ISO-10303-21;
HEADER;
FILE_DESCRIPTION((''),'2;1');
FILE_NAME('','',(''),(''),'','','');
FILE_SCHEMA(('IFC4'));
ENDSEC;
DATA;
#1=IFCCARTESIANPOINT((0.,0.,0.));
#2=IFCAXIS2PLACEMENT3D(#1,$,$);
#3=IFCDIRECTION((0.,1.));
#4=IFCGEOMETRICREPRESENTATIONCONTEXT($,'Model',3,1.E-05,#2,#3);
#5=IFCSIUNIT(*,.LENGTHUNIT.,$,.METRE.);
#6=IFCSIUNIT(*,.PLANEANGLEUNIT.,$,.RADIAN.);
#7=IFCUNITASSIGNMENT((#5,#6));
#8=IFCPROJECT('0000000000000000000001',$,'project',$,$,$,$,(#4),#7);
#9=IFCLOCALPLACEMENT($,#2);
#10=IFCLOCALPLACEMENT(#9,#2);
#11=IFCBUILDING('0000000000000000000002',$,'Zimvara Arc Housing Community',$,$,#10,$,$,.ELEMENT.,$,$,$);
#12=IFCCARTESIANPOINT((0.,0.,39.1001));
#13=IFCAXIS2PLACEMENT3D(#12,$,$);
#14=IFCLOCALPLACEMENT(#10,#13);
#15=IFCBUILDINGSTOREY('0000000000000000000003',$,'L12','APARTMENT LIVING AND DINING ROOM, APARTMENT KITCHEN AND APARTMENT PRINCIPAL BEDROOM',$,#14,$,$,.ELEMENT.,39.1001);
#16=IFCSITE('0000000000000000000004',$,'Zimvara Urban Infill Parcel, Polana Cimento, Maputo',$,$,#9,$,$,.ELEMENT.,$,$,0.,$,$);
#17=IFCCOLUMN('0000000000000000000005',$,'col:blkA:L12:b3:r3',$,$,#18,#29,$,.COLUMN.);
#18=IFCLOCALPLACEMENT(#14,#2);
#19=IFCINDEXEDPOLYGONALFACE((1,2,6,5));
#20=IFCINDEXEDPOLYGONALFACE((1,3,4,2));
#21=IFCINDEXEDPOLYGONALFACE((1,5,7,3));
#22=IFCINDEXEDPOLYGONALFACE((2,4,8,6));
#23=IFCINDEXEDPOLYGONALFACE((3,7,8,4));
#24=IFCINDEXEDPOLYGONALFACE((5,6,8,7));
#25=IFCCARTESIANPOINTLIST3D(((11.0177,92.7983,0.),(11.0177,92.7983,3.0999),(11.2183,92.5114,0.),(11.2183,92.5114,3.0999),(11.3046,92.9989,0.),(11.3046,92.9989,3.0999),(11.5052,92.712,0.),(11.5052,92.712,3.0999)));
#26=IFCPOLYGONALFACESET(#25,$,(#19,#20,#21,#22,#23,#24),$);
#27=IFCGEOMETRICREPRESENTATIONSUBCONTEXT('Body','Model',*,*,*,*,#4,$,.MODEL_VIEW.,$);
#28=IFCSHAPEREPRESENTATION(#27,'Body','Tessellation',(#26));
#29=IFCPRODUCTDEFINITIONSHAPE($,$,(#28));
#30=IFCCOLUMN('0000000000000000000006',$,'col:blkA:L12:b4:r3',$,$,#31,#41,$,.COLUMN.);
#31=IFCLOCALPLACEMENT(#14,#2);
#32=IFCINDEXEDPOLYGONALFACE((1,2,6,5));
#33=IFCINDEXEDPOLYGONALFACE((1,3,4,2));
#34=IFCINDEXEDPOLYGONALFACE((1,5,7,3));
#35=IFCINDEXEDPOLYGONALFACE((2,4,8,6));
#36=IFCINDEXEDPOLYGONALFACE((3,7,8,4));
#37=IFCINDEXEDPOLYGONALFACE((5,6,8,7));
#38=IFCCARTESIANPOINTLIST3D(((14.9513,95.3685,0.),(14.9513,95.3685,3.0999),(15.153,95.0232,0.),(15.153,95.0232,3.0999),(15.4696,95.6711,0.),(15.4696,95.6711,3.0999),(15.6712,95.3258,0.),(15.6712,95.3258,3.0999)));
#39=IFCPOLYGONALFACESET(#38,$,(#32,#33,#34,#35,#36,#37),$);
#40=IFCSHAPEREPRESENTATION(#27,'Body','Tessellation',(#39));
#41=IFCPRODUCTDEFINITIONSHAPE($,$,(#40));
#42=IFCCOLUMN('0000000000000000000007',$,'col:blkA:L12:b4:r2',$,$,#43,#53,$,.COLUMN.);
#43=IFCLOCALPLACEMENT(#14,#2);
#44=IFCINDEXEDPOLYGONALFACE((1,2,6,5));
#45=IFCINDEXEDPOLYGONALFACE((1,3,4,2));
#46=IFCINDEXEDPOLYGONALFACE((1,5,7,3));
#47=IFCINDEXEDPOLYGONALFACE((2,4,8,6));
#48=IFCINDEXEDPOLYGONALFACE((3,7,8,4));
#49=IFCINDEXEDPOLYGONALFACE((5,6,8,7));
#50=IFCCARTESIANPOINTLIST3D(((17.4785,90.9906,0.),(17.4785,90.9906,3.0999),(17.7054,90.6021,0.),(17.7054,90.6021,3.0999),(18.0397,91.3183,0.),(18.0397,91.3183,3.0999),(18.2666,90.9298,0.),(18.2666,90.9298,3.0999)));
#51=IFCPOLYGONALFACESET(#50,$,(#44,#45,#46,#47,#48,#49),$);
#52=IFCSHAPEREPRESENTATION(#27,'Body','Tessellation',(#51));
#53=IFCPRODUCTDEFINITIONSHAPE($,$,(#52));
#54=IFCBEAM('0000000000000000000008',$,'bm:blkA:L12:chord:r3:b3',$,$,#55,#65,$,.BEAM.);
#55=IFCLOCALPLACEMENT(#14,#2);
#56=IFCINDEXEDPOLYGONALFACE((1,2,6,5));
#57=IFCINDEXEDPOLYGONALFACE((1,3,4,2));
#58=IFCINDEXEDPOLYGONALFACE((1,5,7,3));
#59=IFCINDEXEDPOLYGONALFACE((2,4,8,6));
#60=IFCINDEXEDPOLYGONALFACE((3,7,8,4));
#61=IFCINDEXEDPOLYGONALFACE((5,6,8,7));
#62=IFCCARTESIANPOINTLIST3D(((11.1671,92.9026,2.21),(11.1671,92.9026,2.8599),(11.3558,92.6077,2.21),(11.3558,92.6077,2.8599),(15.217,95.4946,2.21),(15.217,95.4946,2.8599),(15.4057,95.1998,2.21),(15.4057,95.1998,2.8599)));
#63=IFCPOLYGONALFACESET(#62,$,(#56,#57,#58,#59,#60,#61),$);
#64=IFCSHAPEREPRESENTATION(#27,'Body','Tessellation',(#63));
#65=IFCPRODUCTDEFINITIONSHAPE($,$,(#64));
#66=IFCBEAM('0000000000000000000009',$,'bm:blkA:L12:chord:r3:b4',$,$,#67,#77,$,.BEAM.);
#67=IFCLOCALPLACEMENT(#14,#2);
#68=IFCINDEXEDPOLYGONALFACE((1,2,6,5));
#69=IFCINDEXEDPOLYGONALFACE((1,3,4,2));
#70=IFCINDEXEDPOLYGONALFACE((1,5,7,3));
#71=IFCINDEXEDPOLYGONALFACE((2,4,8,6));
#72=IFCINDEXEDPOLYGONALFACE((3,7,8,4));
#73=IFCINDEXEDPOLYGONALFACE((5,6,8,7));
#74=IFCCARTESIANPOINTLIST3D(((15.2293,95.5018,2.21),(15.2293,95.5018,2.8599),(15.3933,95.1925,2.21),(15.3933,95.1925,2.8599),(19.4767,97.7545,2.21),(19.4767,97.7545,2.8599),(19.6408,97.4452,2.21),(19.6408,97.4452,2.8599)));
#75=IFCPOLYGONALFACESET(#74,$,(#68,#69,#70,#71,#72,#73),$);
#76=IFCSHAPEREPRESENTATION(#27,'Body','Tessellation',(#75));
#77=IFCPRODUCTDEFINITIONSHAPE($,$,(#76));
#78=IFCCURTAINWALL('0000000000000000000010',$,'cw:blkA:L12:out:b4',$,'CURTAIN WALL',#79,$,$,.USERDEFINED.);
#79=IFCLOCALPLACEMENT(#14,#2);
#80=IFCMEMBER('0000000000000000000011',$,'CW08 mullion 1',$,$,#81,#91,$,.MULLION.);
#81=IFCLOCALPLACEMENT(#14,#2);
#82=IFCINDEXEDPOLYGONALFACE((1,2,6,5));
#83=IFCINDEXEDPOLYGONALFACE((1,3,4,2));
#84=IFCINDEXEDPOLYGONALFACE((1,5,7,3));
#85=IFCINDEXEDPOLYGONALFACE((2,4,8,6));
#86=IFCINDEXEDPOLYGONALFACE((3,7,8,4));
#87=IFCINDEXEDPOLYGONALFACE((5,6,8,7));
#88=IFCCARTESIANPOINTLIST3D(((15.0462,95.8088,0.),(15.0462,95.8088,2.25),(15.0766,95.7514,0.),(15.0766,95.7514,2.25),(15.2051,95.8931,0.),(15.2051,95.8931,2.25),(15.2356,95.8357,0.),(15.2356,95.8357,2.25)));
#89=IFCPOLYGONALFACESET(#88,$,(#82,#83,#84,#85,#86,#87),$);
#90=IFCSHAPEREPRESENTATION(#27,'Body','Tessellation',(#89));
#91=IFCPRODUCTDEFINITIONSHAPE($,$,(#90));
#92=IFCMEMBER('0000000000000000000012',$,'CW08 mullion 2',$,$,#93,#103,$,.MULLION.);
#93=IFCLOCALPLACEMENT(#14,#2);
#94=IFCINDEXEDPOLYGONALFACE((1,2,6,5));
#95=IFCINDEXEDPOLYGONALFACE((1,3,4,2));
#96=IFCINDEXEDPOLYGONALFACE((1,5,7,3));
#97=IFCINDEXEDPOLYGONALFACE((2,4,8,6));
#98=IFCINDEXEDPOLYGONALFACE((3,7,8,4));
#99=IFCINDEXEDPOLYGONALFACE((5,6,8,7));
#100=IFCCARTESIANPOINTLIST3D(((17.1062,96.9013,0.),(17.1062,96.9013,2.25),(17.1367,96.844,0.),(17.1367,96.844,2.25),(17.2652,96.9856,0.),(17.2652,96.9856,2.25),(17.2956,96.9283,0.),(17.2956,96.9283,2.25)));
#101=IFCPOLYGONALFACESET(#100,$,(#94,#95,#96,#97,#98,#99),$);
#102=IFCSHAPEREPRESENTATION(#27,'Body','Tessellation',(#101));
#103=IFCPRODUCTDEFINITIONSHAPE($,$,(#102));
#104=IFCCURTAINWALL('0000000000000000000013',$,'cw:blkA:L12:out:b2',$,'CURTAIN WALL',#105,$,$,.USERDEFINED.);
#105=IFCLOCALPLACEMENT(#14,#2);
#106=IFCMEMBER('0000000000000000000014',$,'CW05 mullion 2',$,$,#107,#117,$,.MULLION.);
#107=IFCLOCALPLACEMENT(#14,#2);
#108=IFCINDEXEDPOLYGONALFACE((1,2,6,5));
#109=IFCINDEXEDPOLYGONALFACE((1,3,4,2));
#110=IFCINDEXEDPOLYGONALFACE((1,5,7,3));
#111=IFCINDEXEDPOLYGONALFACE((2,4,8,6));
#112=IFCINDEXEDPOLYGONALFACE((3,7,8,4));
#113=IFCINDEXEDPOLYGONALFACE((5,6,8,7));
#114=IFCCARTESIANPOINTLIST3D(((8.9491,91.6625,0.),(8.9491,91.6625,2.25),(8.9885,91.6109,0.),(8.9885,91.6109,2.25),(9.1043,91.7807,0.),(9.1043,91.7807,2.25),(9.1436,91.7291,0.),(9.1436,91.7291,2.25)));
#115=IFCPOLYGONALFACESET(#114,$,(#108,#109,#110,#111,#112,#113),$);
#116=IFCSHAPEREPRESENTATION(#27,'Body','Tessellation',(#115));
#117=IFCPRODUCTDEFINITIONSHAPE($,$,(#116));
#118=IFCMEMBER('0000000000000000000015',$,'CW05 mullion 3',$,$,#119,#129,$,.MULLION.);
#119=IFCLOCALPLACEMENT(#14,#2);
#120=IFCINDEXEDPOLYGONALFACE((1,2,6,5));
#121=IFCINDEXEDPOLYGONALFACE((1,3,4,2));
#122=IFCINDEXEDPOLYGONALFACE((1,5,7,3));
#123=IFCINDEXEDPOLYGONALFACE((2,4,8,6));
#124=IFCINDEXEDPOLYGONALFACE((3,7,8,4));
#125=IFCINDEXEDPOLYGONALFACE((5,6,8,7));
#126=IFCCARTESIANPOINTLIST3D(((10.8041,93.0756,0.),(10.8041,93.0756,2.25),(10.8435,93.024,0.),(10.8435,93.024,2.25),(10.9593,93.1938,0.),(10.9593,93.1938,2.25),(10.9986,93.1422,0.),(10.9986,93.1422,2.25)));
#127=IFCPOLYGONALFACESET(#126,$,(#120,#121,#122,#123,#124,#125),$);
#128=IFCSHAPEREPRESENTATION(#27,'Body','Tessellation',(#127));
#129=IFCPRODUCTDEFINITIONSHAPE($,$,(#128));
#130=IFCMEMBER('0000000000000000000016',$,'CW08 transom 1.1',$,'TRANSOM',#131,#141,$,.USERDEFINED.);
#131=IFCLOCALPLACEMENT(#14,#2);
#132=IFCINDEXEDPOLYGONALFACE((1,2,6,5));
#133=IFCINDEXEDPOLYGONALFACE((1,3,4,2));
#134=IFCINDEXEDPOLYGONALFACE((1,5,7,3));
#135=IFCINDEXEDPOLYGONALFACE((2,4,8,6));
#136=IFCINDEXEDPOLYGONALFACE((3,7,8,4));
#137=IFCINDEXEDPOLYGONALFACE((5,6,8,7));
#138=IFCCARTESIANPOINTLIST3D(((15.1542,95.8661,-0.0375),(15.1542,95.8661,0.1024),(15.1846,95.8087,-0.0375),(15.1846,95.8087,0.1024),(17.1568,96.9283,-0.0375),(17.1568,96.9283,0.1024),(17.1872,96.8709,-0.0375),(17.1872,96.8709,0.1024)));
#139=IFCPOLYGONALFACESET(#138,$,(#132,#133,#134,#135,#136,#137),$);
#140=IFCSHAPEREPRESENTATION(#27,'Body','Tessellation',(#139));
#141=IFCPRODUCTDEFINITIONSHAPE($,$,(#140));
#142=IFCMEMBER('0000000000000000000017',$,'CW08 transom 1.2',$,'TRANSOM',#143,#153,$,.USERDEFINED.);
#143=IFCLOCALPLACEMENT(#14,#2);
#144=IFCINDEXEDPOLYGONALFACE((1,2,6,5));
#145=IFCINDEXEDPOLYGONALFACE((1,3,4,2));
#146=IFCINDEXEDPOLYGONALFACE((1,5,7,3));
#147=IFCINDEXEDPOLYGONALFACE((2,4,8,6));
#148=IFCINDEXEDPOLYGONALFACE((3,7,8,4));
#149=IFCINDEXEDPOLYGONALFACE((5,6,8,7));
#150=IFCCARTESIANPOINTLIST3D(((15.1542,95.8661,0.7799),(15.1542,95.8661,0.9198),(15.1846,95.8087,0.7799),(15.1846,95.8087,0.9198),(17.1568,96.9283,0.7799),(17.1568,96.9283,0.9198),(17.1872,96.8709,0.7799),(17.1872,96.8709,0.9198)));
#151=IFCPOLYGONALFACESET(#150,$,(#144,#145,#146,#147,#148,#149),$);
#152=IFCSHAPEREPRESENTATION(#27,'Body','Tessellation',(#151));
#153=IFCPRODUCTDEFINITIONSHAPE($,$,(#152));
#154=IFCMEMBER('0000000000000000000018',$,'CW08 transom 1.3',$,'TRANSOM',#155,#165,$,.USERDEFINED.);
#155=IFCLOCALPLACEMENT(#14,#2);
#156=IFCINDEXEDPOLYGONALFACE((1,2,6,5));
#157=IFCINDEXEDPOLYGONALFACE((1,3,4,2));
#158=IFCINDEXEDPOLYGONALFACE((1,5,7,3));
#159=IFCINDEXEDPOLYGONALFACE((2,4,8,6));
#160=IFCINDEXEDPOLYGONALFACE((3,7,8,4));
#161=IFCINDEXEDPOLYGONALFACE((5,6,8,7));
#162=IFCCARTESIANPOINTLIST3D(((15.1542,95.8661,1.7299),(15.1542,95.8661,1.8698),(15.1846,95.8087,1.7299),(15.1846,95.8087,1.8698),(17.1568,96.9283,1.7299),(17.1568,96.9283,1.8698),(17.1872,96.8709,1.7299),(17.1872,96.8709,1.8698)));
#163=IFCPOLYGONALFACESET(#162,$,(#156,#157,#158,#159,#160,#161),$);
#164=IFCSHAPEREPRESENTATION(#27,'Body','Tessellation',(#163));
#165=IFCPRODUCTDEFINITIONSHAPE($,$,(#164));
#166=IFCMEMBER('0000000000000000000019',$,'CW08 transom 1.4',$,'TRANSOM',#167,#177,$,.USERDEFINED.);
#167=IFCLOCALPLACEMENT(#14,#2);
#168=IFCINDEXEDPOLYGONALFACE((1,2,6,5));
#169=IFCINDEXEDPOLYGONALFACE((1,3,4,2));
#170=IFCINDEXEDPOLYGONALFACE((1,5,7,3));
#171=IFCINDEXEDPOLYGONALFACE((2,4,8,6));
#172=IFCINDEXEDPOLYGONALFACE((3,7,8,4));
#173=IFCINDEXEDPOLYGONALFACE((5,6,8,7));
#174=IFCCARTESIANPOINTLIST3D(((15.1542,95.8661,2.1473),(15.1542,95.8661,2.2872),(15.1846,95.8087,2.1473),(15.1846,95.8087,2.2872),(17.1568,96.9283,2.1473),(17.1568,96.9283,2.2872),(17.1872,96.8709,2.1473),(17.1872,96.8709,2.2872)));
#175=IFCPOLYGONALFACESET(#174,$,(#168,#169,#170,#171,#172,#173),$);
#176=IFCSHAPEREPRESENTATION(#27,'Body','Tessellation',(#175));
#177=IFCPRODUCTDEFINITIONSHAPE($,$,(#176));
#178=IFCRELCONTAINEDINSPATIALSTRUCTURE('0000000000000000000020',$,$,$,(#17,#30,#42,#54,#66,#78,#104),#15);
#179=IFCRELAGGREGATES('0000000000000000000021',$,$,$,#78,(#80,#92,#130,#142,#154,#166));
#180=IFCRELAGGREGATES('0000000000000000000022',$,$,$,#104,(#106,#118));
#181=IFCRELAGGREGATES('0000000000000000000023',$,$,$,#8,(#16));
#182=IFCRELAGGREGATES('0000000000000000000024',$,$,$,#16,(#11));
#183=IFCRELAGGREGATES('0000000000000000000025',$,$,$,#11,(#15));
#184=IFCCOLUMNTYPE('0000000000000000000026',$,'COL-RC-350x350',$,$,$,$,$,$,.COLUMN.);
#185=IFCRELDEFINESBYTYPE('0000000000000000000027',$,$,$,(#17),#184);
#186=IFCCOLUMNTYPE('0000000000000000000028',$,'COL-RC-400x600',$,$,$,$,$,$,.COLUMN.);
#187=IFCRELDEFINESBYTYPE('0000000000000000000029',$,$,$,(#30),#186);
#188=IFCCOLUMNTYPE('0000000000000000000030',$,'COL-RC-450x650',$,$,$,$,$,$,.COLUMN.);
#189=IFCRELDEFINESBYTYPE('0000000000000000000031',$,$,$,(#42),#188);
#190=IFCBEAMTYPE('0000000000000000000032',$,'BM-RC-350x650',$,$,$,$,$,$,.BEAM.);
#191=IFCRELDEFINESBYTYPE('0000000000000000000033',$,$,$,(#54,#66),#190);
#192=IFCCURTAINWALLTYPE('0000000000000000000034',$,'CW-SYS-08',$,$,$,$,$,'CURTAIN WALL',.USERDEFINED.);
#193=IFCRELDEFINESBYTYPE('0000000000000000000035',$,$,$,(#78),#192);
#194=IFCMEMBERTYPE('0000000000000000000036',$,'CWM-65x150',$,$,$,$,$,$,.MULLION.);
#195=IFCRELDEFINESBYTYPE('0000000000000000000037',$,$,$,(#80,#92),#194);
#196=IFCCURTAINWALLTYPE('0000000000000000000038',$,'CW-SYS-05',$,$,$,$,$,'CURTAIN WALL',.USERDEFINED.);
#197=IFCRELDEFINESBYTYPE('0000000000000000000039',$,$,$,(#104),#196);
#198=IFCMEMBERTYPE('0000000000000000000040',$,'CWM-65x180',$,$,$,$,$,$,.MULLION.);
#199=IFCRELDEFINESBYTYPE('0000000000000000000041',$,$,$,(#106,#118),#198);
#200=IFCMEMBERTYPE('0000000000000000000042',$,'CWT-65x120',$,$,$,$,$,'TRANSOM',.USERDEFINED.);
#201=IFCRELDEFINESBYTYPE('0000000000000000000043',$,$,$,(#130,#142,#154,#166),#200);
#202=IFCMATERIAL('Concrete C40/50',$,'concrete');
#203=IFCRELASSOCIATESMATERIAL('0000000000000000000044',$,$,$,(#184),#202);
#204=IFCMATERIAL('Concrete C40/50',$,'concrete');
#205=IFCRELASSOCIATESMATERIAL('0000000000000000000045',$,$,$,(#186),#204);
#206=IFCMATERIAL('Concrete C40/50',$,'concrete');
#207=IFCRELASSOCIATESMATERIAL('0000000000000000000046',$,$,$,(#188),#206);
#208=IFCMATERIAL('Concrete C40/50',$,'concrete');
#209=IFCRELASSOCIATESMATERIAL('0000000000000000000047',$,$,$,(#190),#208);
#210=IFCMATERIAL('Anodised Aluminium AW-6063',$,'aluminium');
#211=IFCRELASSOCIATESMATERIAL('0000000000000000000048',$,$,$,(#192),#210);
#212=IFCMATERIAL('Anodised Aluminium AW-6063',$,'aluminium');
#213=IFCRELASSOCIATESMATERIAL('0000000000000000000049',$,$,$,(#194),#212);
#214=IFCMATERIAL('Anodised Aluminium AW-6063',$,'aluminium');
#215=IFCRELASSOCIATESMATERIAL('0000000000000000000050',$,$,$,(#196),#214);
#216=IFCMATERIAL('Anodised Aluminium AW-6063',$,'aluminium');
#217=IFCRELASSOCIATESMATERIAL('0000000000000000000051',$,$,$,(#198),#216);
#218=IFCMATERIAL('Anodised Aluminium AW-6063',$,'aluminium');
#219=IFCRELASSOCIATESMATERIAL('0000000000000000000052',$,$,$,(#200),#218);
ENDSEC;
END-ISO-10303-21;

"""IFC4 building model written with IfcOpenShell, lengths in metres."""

from ifc_helpers import new_model, si_unit, direction, frame, origin, origin_2d, place, context, subcontext, project, spatial, rectangle, extrude, material, material_profile, profile_set, type_object, element, aggregate, save


model = new_model("IFC4")

# Units and contexts
model_context = context("Model", 3, precision=1e-05, world=origin(), true_north=direction((0.0, 1.0)))
body_context = subcontext(model_context, "Body", "Model", "MODEL_VIEW")
ifc_project = project(units=[si_unit("LENGTHUNIT", "METRE"), si_unit("PLANEANGLEUNIT", "RADIAN")], contexts=[model_context])

# Site, building, storey
site_placement = place(None, origin())
site = spatial("IfcSite", under=ifc_project, at=site_placement, Name="Zimvara Urban Infill Parcel, Polana Cimento, Maputo", CompositionType="ELEMENT", RefElevation=0.0)
building_placement = place(site_placement, origin())
building = spatial("IfcBuilding", under=site, at=building_placement, Name="Zimvara Arc Housing Community", CompositionType="ELEMENT")
storey_placement = place(building_placement, frame((0.0, 0.0, 39.1001)))
storey = spatial("IfcBuildingStorey", under=building, at=storey_placement, Name="L12", Description="APARTMENT LIVING AND DINING ROOM, APARTMENT KITCHEN AND APARTMENT PRINCIPAL BEDROOM", CompositionType="ELEMENT", Elevation=39.1001)

# Columns
ifc_material_1 = material(Name="Concrete C40/50", Category="concrete")
ifc_material_profile_1 = material_profile(ifc_material_1, rectangle(XDim=0.3501, YDim=0.3501, at=origin_2d()), Name="RC 350x350")
ifc_profile_set_1 = profile_set([ifc_material_profile_1], Name="Concrete C40/50")
column_type_1 = type_object("IfcColumnType", Name="COL-RC-350x350", PredefinedType="COLUMN", material=ifc_profile_set_1)
column_1_placement = place(storey_placement, frame((11.2615, 92.7551, 0.0), z_axis=(0.0, 0.0, 1.0), x_axis=(-0.573004, 0.819552, 0.0)))
element("IfcColumn", 1, at=column_1_placement, inside=storey, type_object=column_type_1, Name="col:blkA:L12:b3:r3", PredefinedType="COLUMN", context=body_context, shape_type="SweptSolid", body=[
    extrude(rectangle(XDim=0.3501, YDim=0.3501, at=origin_2d()), origin(), (0.0, 0.0, 1.0), 3.0999),
])
ifc_material_2 = material(Name="Concrete C40/50", Category="concrete")
ifc_material_profile_2 = material_profile(ifc_material_2, rectangle(XDim=0.3999, YDim=0.6001, at=origin_2d()), Name="RC 400x600")
ifc_profile_set_2 = profile_set([ifc_material_profile_2], Name="Concrete C40/50")
column_type_2 = type_object("IfcColumnType", Name="COL-RC-400x600", PredefinedType="COLUMN", material=ifc_profile_set_2)
column_2_placement = place(storey_placement, frame((15.3113, 95.3472, 0.0), z_axis=(0.0, 0.0, 1.0), x_axis=(-0.504226, 0.863572, 0.0)))
element("IfcColumn", 2, at=column_2_placement, inside=storey, type_object=column_type_2, Name="col:blkA:L12:b4:r3", PredefinedType="COLUMN", context=body_context, shape_type="SweptSolid", body=[
    extrude(rectangle(XDim=0.3999, YDim=0.6001, at=origin_2d()), origin(), (0.0, 0.0, 1.0), 3.0999),
])
ifc_material_3 = material(Name="Concrete C40/50", Category="concrete")
ifc_material_profile_3 = material_profile(ifc_material_3, rectangle(XDim=0.45, YDim=0.6499, at=origin_2d()), Name="RC 450x650")
ifc_profile_set_3 = profile_set([ifc_material_profile_3], Name="Concrete C40/50")
column_type_3 = type_object("IfcColumnType", Name="COL-RC-450x650", PredefinedType="COLUMN", material=ifc_profile_set_3)
column_3_placement = place(storey_placement, frame((17.8726, 90.9602, 0.0), z_axis=(0.0, 0.0, 1.0), x_axis=(-0.504226, 0.863572, 0.0)))
element("IfcColumn", 3, at=column_3_placement, inside=storey, type_object=column_type_3, Name="col:blkA:L12:b4:r2", PredefinedType="COLUMN", context=body_context, shape_type="SweptSolid", body=[
    extrude(rectangle(XDim=0.45, YDim=0.6499, at=origin_2d()), origin(), (0.0, 0.0, 1.0), 3.0999),
])

# Beams
ifc_material_4 = material(Name="Concrete C40/50", Category="concrete")
ifc_material_profile_4 = material_profile(ifc_material_4, rectangle(XDim=0.3501, YDim=0.6499, at=origin_2d()), Name="RC 350x650")
ifc_profile_set_4 = profile_set([ifc_material_profile_4], Name="Concrete C40/50")
beam_type = type_object("IfcBeamType", Name="BM-RC-350x650", PredefinedType="BEAM", material=ifc_profile_set_4)
beam_1_placement = place(storey_placement, frame((11.2615, 92.7551, 2.5349), z_axis=(0.842256, 0.539078, 0.0), x_axis=(-0.539078, 0.842256, 0.0)))
element("IfcBeam", 4, at=beam_1_placement, inside=storey, type_object=beam_type, Name="bm:blkA:L12:chord:r3:b3", PredefinedType="BEAM", context=body_context, shape_type="SweptSolid", body=[
    extrude(rectangle(XDim=0.3501, YDim=0.6499, at=origin_2d()), origin(), (0.0, 0.0, 1.0), 4.8083),
])
beam_2_placement = place(storey_placement, frame((15.3113, 95.3472, 2.5349), z_axis=(0.883446, 0.468534, 0.0), x_axis=(-0.468534, 0.883446, 0.0)))
element("IfcBeam", 5, at=beam_2_placement, inside=storey, type_object=beam_type, Name="bm:blkA:L12:chord:r3:b4", PredefinedType="BEAM", context=body_context, shape_type="SweptSolid", body=[
    extrude(rectangle(XDim=0.3501, YDim=0.6499, at=origin_2d()), origin(), (0.0, 0.0, 1.0), 4.8079),
])

# Curtain walls, members
ifc_material_5 = material(Name="Anodised Aluminium AW-6063", Category="aluminium")
curtain_wall_type_1 = type_object("IfcCurtainWallType", Name="CW-SYS-08", ElementType="CURTAIN WALL", PredefinedType="USERDEFINED", material=ifc_material_5)
curtain_wall_1_placement = place(storey_placement, origin())
curtain_wall_1 = element("IfcCurtainWall", 6, at=curtain_wall_1_placement, inside=storey, type_object=curtain_wall_type_1, Name="cw:blkA:L12:out:b4", ObjectType="CURTAIN WALL", PredefinedType="USERDEFINED")
ifc_material_6 = material(Name="Anodised Aluminium AW-6063", Category="aluminium")
ifc_material_profile_5 = material_profile(ifc_material_6, rectangle(XDim=0.0649, YDim=0.1799, at=origin_2d()), Name="ALU 65x180")
ifc_profile_set_5 = profile_set([ifc_material_profile_5], Name="Anodised Aluminium AW-6063")
member_type_1 = type_object("IfcMemberType", Name="CWM-65x150", PredefinedType="MULLION", material=ifc_profile_set_5)
member_1_placement = place(storey_placement, frame((15.1409, 95.8223, 0.0), z_axis=(0.0, 0.0, 1.0), x_axis=(-0.468547, 0.883439, 0.0)))
member_1 = element("IfcMember", 7, at=member_1_placement, type_object=member_type_1, Name="CW08 mullion 1", PredefinedType="MULLION", context=body_context, shape_type="SweptSolid", body=[
    extrude(rectangle(XDim=0.0649, YDim=0.1799, at=origin_2d()), origin(), (0.0, 0.0, 1.0), 2.25),
])
member_2_placement = place(storey_placement, frame((17.2009, 96.9148, 0.0), z_axis=(0.0, 0.0, 1.0), x_axis=(-0.468547, 0.883439, 0.0)))
member_2 = element("IfcMember", 8, at=member_2_placement, type_object=member_type_1, Name="CW08 mullion 2", PredefinedType="MULLION", context=body_context, shape_type="SweptSolid", body=[
    extrude(rectangle(XDim=0.0649, YDim=0.1799, at=origin_2d()), origin(), (0.0, 0.0, 1.0), 2.25),
])
ifc_material_7 = material(Name="Anodised Aluminium AW-6063", Category="aluminium")
curtain_wall_type_2 = type_object("IfcCurtainWallType", Name="CW-SYS-05", ElementType="CURTAIN WALL", PredefinedType="USERDEFINED", material=ifc_material_7)
curtain_wall_2_placement = place(storey_placement, origin())
curtain_wall_2 = element("IfcCurtainWall", 9, at=curtain_wall_2_placement, inside=storey, type_object=curtain_wall_type_2, Name="cw:blkA:L12:out:b2", ObjectType="CURTAIN WALL", PredefinedType="USERDEFINED")
ifc_material_8 = material(Name="Anodised Aluminium AW-6063", Category="aluminium")
ifc_material_profile_6 = material_profile(ifc_material_8, rectangle(XDim=0.0649, YDim=0.1951, at=origin_2d()), Name="ALU 65x195")
ifc_profile_set_6 = profile_set([ifc_material_profile_6], Name="Anodised Aluminium AW-6063")
member_type_2 = type_object("IfcMemberType", Name="CWM-65x180", PredefinedType="MULLION", material=ifc_profile_set_6)
member_3_placement = place(storey_placement, frame((9.0464, 91.6958, 0.0), z_axis=(0.0, 0.0, 1.0), x_axis=(-0.605988, 0.795474, 0.0)))
member_3 = element("IfcMember", 10, at=member_3_placement, type_object=member_type_2, Name="CW05 mullion 2", PredefinedType="MULLION", context=body_context, shape_type="SweptSolid", body=[
    extrude(rectangle(XDim=0.0649, YDim=0.1951, at=origin_2d()), origin(), (0.0, 0.0, 1.0), 2.25),
])
member_4_placement = place(storey_placement, frame((10.9014, 93.1089, 0.0), z_axis=(0.0, 0.0, 1.0), x_axis=(-0.605988, 0.795474, 0.0)))
member_4 = element("IfcMember", 11, at=member_4_placement, type_object=member_type_2, Name="CW05 mullion 3", PredefinedType="MULLION", context=body_context, shape_type="SweptSolid", body=[
    extrude(rectangle(XDim=0.0649, YDim=0.1951, at=origin_2d()), origin(), (0.0, 0.0, 1.0), 2.25),
])

# Members
ifc_material_9 = material(Name="Anodised Aluminium AW-6063", Category="aluminium")
ifc_material_profile_7 = material_profile(ifc_material_9, rectangle(XDim=0.0649, YDim=0.1399, at=origin_2d()), Name="ALU 65x140")
ifc_profile_set_7 = profile_set([ifc_material_profile_7], Name="Anodised Aluminium AW-6063")
member_type_3 = type_object("IfcMemberType", Name="CWT-65x120", ElementType="TRANSOM", PredefinedType="USERDEFINED", material=ifc_profile_set_7)
member_5_placement = place(storey_placement, frame((15.1694, 95.8374, 0.0325), z_axis=(0.883421, 0.46858, 0.0), x_axis=(-0.46858, 0.883421, 0.0)))
member_5 = element("IfcMember", 12, at=member_5_placement, type_object=member_type_3, Name="CW08 transom 1.1", ObjectType="TRANSOM", PredefinedType="USERDEFINED", context=body_context, shape_type="SweptSolid", body=[
    extrude(rectangle(XDim=0.0649, YDim=0.1399, at=origin_2d()), origin(), (0.0, 0.0, 1.0), 2.2668),
])
member_6_placement = place(storey_placement, frame((15.1694, 95.8374, 0.8499), z_axis=(0.883421, 0.46858, 0.0), x_axis=(-0.46858, 0.883421, 0.0)))
member_6 = element("IfcMember", 13, at=member_6_placement, type_object=member_type_3, Name="CW08 transom 1.2", ObjectType="TRANSOM", PredefinedType="USERDEFINED", context=body_context, shape_type="SweptSolid", body=[
    extrude(rectangle(XDim=0.0649, YDim=0.1399, at=origin_2d()), origin(), (0.0, 0.0, 1.0), 2.2668),
])
member_7_placement = place(storey_placement, frame((15.1694, 95.8374, 1.7998), z_axis=(0.883421, 0.46858, 0.0), x_axis=(-0.46858, 0.883421, 0.0)))
member_7 = element("IfcMember", 14, at=member_7_placement, type_object=member_type_3, Name="CW08 transom 1.3", ObjectType="TRANSOM", PredefinedType="USERDEFINED", context=body_context, shape_type="SweptSolid", body=[
    extrude(rectangle(XDim=0.0649, YDim=0.1399, at=origin_2d()), origin(), (0.0, 0.0, 1.0), 2.2668),
])
member_8_placement = place(storey_placement, frame((15.1694, 95.8374, 2.2173), z_axis=(0.883421, 0.46858, 0.0), x_axis=(-0.46858, 0.883421, 0.0)))
member_8 = element("IfcMember", 15, at=member_8_placement, type_object=member_type_3, Name="CW08 transom 1.4", ObjectType="TRANSOM", PredefinedType="USERDEFINED", context=body_context, shape_type="SweptSolid", body=[
    extrude(rectangle(XDim=0.0649, YDim=0.1399, at=origin_2d()), origin(), (0.0, 0.0, 1.0), 2.2668),
])

aggregate(curtain_wall_1, [member_1, member_2, member_5, member_6, member_7, member_8])
aggregate(curtain_wall_2, [member_3, member_4])

save(model, "model.ifc")
